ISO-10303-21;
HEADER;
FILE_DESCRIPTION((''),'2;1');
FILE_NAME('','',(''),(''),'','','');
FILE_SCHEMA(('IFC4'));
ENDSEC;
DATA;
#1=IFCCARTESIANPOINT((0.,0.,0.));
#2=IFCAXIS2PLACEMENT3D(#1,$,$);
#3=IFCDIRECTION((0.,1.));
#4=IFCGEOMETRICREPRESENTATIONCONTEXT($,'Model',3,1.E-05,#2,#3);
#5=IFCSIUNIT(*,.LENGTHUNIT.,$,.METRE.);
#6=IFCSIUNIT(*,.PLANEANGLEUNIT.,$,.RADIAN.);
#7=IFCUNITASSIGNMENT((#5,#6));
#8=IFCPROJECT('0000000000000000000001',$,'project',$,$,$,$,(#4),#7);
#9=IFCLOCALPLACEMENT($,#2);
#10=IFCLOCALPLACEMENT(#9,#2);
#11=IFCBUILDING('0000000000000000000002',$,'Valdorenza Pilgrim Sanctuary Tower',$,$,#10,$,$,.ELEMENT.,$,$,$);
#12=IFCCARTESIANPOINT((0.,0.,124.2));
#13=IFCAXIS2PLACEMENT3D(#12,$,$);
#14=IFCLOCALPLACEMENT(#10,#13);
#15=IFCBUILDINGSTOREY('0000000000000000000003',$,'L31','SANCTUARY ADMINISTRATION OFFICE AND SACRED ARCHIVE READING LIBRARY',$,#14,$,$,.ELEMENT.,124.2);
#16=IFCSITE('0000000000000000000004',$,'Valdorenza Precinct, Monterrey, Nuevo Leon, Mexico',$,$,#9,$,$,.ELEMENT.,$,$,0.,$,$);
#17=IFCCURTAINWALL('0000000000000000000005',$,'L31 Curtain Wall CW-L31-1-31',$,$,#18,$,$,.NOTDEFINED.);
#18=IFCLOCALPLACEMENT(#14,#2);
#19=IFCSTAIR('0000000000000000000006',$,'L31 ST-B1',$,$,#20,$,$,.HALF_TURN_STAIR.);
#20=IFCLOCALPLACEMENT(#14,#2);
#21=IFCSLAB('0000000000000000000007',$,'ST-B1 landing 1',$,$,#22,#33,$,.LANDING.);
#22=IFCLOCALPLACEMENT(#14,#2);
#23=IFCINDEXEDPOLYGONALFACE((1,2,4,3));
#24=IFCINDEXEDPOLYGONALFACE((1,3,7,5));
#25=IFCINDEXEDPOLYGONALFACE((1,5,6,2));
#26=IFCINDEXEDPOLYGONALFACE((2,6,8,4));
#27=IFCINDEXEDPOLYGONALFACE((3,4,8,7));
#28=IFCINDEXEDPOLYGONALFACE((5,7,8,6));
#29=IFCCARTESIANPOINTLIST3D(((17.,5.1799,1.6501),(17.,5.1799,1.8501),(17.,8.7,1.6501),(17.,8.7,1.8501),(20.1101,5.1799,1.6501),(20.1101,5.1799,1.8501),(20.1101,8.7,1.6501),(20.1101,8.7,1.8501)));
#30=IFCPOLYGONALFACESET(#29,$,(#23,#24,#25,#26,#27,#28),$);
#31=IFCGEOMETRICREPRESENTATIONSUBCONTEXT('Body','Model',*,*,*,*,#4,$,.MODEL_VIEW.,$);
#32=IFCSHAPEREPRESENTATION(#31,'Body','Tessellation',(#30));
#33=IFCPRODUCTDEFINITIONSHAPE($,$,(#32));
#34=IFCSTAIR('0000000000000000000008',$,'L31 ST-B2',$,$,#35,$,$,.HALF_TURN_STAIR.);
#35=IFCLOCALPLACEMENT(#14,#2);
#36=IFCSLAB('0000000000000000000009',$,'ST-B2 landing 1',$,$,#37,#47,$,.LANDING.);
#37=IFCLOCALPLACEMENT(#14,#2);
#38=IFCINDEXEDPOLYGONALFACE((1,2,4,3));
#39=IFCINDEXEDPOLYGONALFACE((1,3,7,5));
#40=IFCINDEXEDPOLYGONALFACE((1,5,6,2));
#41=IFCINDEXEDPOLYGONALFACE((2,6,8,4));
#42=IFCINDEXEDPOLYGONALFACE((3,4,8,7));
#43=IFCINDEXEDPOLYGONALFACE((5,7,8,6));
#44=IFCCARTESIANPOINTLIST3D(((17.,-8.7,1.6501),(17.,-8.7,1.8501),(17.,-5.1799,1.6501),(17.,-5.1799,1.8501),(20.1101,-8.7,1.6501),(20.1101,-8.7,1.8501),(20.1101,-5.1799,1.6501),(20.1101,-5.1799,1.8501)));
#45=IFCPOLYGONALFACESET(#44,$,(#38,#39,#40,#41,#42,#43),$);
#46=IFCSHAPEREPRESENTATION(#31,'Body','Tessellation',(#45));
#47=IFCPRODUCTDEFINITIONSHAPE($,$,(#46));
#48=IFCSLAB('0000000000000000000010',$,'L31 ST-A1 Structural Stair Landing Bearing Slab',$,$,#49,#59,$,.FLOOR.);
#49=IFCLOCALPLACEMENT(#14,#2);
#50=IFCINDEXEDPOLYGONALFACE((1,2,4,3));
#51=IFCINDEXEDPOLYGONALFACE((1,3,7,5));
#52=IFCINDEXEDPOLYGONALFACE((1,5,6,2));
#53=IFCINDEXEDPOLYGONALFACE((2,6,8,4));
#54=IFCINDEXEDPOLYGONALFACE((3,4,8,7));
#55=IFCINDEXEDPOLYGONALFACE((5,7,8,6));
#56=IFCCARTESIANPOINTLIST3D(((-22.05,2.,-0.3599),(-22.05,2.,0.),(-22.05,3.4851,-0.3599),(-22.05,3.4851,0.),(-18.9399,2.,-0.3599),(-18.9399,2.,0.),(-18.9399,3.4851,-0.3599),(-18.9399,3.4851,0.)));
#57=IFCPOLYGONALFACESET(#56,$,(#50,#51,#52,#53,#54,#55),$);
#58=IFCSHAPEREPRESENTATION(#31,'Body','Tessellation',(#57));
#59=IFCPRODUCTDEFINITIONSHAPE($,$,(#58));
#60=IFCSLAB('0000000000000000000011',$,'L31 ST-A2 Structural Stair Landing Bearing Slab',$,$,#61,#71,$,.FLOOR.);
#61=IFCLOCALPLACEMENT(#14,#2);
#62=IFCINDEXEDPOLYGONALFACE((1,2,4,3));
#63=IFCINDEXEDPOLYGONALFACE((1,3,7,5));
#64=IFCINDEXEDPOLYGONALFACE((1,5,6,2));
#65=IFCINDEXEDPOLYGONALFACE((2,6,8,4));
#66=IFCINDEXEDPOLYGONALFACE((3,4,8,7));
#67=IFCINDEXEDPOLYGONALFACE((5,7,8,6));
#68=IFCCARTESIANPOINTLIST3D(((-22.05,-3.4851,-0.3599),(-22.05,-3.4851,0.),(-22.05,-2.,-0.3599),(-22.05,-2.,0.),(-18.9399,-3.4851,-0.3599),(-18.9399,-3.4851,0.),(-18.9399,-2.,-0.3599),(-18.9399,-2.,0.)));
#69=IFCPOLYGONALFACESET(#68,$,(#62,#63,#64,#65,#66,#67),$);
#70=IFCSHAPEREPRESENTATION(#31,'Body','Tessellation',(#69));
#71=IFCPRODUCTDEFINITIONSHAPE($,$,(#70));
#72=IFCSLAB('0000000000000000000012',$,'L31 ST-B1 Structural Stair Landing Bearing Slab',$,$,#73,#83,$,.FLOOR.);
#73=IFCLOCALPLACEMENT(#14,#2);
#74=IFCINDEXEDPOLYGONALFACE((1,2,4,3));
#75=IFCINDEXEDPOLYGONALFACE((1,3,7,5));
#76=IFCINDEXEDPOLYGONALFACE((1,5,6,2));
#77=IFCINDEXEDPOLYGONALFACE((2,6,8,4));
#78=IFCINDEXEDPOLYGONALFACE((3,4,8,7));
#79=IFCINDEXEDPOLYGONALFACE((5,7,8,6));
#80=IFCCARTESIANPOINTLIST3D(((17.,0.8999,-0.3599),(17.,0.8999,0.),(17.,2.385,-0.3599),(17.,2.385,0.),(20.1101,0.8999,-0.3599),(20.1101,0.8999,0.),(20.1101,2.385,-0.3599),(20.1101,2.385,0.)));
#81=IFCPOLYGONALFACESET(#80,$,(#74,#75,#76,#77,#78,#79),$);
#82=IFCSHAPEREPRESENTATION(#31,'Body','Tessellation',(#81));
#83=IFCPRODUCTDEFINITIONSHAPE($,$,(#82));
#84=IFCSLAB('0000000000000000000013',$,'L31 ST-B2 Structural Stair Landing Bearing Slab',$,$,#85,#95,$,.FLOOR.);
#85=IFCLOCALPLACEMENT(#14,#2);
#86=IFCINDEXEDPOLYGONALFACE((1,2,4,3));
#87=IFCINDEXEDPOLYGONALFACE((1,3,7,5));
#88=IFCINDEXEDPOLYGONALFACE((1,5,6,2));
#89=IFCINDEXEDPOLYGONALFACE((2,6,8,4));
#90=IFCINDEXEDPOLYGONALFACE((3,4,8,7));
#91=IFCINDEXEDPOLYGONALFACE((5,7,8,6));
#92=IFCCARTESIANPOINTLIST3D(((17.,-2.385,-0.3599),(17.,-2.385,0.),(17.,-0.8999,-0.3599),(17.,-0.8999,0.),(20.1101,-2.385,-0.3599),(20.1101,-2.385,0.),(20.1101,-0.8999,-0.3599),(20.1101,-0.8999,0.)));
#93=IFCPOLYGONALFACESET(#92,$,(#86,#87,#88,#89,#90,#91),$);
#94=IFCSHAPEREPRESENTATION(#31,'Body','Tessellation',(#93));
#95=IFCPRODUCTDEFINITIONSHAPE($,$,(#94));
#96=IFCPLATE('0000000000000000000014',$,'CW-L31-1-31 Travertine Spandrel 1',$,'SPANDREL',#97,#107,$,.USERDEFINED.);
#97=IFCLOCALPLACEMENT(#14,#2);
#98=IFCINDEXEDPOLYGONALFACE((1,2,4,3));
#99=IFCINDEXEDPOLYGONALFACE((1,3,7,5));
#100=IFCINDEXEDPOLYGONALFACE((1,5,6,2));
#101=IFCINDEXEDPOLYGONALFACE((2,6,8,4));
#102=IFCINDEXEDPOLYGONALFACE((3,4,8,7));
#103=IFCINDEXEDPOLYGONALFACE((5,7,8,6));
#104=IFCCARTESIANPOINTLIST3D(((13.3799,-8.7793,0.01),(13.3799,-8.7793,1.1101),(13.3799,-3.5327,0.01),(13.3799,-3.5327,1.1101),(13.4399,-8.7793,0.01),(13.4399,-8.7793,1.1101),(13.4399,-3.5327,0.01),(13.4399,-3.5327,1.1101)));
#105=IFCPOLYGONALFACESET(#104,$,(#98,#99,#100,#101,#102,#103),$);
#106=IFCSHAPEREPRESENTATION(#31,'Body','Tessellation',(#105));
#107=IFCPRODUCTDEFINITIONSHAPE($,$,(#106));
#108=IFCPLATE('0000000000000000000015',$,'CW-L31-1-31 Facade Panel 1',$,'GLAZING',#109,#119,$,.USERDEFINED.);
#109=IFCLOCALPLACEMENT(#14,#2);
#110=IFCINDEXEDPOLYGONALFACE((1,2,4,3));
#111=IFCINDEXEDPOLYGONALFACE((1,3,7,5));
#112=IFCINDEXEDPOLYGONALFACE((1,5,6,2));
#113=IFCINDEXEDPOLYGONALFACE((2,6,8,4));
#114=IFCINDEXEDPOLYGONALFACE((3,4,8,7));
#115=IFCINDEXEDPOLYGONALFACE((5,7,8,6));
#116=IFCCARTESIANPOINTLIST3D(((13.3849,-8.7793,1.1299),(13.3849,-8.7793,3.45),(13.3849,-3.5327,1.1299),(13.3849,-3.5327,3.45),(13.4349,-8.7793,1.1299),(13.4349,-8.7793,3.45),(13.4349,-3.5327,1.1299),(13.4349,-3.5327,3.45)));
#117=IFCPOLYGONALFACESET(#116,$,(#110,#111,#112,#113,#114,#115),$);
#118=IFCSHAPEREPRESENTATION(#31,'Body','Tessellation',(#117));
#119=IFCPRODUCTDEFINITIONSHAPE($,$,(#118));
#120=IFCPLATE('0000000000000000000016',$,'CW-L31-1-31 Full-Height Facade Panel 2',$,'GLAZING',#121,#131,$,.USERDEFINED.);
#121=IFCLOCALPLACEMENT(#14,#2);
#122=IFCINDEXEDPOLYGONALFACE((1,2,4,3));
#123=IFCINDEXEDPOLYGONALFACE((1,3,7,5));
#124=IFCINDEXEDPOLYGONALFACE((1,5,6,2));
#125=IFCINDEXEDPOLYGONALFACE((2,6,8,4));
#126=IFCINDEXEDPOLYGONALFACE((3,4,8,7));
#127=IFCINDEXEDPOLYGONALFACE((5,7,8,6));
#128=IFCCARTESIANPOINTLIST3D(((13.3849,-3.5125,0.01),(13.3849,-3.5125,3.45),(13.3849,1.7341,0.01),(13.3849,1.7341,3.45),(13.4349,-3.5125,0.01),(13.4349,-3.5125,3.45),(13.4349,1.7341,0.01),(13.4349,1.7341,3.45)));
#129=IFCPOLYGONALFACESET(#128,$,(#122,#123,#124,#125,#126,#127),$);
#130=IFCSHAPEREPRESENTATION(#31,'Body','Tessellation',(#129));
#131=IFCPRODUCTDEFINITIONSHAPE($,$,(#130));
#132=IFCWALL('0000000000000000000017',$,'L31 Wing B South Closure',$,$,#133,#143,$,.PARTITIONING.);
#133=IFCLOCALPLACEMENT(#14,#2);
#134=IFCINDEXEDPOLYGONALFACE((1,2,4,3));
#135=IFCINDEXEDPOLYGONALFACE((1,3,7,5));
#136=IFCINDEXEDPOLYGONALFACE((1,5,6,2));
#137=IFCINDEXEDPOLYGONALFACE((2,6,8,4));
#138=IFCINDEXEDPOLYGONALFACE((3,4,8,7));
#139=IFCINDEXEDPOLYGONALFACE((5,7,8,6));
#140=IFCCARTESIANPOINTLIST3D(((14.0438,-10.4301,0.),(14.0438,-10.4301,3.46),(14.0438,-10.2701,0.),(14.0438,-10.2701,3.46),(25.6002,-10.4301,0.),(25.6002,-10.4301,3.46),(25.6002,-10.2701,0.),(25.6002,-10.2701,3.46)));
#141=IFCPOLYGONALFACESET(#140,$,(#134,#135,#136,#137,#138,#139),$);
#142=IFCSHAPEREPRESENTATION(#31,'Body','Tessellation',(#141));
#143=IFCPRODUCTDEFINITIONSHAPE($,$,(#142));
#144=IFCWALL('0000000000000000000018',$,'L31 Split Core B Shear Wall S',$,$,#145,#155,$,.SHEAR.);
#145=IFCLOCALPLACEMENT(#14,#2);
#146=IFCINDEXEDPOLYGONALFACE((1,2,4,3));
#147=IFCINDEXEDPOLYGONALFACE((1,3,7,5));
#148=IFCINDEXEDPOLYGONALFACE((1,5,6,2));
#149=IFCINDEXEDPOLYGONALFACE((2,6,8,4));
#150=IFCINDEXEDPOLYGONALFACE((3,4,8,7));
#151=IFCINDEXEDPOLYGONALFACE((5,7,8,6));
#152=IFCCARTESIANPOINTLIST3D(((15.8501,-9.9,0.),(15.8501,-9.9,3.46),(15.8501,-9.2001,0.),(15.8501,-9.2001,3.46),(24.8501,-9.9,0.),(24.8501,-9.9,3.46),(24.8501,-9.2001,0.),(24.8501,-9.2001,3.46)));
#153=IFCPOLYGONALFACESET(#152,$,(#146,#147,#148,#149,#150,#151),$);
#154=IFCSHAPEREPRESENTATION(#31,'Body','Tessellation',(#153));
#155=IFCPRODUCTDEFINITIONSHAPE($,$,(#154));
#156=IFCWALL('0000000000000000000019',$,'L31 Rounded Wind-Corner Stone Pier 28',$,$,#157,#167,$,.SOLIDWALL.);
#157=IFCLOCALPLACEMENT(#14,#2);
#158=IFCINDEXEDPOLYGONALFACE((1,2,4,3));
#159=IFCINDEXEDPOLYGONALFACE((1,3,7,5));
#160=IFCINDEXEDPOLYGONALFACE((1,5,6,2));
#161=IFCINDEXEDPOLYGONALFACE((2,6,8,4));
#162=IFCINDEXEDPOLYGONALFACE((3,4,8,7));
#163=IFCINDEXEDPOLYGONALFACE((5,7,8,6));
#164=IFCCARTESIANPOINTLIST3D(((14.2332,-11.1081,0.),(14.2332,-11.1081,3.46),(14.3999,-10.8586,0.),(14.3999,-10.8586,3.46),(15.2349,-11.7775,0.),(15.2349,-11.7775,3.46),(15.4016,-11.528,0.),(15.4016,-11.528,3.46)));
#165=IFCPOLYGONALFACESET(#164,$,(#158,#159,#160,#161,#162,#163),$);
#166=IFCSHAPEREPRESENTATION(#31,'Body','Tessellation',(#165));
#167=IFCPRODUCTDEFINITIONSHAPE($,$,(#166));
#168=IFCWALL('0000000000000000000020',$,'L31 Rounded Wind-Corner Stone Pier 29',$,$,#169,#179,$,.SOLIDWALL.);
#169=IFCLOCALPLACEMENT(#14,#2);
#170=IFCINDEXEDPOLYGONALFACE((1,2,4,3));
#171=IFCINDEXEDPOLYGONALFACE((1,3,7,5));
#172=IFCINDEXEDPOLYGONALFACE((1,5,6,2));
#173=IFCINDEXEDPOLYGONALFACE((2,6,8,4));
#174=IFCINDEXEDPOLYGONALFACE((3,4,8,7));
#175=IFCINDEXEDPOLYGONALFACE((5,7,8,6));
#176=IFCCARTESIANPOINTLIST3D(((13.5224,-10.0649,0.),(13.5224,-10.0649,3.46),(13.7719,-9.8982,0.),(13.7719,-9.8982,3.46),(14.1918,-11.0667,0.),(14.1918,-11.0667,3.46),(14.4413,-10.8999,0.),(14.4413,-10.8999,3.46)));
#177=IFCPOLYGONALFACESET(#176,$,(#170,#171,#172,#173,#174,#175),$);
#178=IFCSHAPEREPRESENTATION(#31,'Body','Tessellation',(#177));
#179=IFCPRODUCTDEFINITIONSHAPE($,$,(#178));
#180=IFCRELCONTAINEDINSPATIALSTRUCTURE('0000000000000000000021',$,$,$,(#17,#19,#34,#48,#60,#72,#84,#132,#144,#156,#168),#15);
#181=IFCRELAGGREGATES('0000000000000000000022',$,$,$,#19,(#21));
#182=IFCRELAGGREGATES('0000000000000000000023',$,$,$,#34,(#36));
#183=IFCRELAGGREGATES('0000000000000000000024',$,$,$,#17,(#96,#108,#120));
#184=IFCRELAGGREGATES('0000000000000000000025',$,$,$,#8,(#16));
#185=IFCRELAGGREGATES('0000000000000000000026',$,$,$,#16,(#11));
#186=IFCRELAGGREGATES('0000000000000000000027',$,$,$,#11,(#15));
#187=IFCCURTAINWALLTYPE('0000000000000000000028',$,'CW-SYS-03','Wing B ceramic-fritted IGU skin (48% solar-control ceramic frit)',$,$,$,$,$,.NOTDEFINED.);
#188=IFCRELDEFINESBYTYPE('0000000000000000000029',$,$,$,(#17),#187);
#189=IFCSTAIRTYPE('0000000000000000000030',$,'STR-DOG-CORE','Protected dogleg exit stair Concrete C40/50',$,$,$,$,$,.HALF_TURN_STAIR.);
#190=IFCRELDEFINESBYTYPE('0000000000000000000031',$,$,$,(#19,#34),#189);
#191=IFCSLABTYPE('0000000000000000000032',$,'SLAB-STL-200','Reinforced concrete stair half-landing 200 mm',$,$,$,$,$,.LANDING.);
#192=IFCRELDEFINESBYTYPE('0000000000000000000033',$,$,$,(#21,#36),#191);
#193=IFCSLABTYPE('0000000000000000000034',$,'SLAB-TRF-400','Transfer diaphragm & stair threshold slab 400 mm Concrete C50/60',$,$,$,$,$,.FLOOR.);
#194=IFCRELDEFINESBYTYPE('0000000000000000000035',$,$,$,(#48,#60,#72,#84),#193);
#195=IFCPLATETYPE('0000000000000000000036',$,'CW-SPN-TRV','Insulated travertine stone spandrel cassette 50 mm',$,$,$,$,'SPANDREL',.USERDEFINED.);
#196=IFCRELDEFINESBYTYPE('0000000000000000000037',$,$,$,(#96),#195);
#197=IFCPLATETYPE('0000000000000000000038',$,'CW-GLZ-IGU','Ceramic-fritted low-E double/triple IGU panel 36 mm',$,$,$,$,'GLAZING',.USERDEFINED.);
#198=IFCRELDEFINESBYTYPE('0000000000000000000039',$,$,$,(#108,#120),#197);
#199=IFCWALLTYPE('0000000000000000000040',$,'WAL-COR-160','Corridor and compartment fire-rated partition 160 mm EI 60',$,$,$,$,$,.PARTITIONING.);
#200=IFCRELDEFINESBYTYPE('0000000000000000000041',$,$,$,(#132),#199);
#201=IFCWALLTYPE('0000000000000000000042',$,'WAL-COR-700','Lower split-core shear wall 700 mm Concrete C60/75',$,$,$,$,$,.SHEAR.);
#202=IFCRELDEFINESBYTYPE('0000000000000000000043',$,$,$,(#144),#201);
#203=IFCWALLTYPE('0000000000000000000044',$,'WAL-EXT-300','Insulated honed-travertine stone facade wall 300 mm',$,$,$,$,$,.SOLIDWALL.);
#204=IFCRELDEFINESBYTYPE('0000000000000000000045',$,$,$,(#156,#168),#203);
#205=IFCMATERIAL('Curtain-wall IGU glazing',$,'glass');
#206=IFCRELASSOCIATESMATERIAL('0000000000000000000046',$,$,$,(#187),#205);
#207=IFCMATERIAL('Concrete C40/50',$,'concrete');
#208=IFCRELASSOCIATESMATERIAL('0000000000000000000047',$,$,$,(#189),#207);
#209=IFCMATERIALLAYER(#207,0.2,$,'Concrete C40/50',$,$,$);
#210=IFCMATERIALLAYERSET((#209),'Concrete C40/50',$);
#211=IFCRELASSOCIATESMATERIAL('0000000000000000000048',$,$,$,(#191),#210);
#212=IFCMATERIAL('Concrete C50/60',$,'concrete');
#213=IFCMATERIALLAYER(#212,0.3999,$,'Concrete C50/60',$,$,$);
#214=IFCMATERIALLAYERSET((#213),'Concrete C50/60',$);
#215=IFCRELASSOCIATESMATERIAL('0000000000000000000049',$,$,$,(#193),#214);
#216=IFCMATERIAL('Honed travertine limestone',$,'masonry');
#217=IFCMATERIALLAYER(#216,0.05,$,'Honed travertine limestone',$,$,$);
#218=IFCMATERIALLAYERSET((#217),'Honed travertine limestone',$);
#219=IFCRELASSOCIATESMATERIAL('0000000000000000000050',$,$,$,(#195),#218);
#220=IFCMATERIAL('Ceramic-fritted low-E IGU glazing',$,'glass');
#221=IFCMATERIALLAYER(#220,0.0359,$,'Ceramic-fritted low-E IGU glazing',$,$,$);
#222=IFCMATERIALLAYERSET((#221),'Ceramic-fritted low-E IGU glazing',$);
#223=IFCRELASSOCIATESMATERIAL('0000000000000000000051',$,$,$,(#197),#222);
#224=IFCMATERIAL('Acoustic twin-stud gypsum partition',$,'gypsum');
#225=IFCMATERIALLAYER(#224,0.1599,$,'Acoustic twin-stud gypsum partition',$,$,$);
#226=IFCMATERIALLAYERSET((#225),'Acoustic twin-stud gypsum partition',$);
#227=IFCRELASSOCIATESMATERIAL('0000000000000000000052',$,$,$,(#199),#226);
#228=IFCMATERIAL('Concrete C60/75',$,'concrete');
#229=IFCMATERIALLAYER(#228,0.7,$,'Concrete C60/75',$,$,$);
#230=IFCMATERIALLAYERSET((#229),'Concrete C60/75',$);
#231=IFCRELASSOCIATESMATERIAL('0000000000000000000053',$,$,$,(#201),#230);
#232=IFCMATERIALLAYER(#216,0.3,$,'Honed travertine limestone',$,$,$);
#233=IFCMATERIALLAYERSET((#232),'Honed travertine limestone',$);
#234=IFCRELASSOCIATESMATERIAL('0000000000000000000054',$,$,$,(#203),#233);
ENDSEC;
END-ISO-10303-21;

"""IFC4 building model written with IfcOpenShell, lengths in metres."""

from ifc_helpers import new_model, si_unit, direction, frame, frame_2d, origin, origin_2d, place, context, subcontext, project, spatial, polyline, rectangle, outline, extrude, source, transform, mapped, material, layer, layer_set, type_object, element, aggregate, save


model = new_model("IFC4")

# Units and contexts
model_context = context("Model", 3, precision=1e-05, world=origin(), true_north=direction((0.0, 1.0)))
body_context = subcontext(model_context, "Body", "Model", "MODEL_VIEW")
ifc_project = project(units=[si_unit("LENGTHUNIT", "METRE"), si_unit("PLANEANGLEUNIT", "RADIAN")], contexts=[model_context])

# Site, building, storey
site_placement = place(None, origin())
site = spatial("IfcSite", under=ifc_project, at=site_placement, Name="Valdorenza Precinct, Monterrey, Nuevo Leon, Mexico", CompositionType="ELEMENT", RefElevation=0.0)
building_placement = place(site_placement, origin())
building = spatial("IfcBuilding", under=site, at=building_placement, Name="Valdorenza Pilgrim Sanctuary Tower", CompositionType="ELEMENT")
storey_placement = place(building_placement, frame((0.0, 0.0, 124.2)))
storey = spatial("IfcBuildingStorey", under=building, at=storey_placement, Name="L31", Description="SANCTUARY ADMINISTRATION OFFICE AND SACRED ARCHIVE READING LIBRARY", CompositionType="ELEMENT", Elevation=124.2)

# Shared definitions
ifc_material_1 = material(Name="Concrete C60/75", Category="concrete")

# Curtain wall
ifc_material_2 = material(Name="Curtain-wall IGU glazing", Category="glass")
curtain_wall_type = type_object("IfcCurtainWallType", Name="CW-SYS-03", Description="Wing B ceramic-fritted IGU skin (48% solar-control ceramic frit)", PredefinedType="NOTDEFINED", material=ifc_material_2)
curtain_wall_placement = place(storey_placement, origin())
curtain_wall = element("IfcCurtainWall", 1, at=curtain_wall_placement, inside=storey, type_object=curtain_wall_type, Name="L31 Curtain Wall CW-L31-1-31", PredefinedType="NOTDEFINED")

# Shared definitions
ifc_material_3 = material(Name="Concrete C40/50", Category="concrete")

# Stairs, slabs
stair_type = type_object("IfcStairType", Name="STR-DOG-CORE", Description="Protected dogleg exit stair Concrete C40/50", PredefinedType="HALF_TURN_STAIR", material=ifc_material_3)
ifc_layer_1 = layer(ifc_material_3, 0.2, Name="Concrete C40/50")
ifc_layer_set_1 = layer_set([ifc_layer_1], Name="Concrete C40/50")
slab_type_1 = type_object("IfcSlabType", Name="SLAB-STL-200", Description="Reinforced concrete stair half-landing 200 mm", PredefinedType="LANDING", material=ifc_layer_set_1)
stair_1_placement = place(storey_placement, origin())
stair_1 = element("IfcStair", 2, at=stair_1_placement, inside=storey, type_object=stair_type, Name="L31 ST-B1", PredefinedType="HALF_TURN_STAIR")
slab_1_placement = place(storey_placement, frame((0.0, 0.0, 1.6501)))
slab_1 = element("IfcSlab", 3, at=slab_1_placement, type_object=slab_type_1, Name="ST-B1 landing 1", PredefinedType="LANDING", context=body_context, shape_type="SweptSolid", body=[
    extrude(outline(polyline([(20.1101, 5.1799), (20.1101, 8.7), (17.0, 8.7), (17.0, 5.1799), (20.1101, 5.1799)])), origin(), (0.0, 0.0, 1.0), 0.2),
])
aggregate(stair_1, [slab_1])
stair_2_placement = place(storey_placement, origin())
stair_2 = element("IfcStair", 4, at=stair_2_placement, inside=storey, type_object=stair_type, Name="L31 ST-B2", PredefinedType="HALF_TURN_STAIR")
slab_2_placement = place(storey_placement, frame((0.0, 0.0, 1.6501)))
slab_2 = element("IfcSlab", 5, at=slab_2_placement, type_object=slab_type_1, Name="ST-B2 landing 1", PredefinedType="LANDING", context=body_context, shape_type="SweptSolid", body=[
    extrude(outline(polyline([(17.0, -5.1799), (17.0, -8.7), (20.1101, -8.7), (20.1101, -5.1799), (17.0, -5.1799)])), origin(), (0.0, 0.0, 1.0), 0.2),
])
aggregate(stair_2, [slab_2])

# Slabs
ifc_material_4 = material(Name="Concrete C50/60", Category="concrete")
ifc_layer_2 = layer(ifc_material_4, 0.3999, Name="Concrete C50/60")
ifc_layer_set_2 = layer_set([ifc_layer_2], Name="Concrete C50/60")
slab_type_2 = type_object("IfcSlabType", Name="SLAB-TRF-400", Description="Transfer diaphragm & stair threshold slab 400 mm Concrete C50/60", PredefinedType="FLOOR", material=ifc_layer_set_2)
slab_3_placement = place(storey_placement, frame((0.0, 0.0, -0.3599)))
element("IfcSlab", 6, at=slab_3_placement, inside=storey, type_object=slab_type_2, Name="L31 ST-A1 Structural Stair Landing Bearing Slab", PredefinedType="FLOOR", context=body_context, shape_type="SweptSolid", body=[
    extrude(outline(polyline([(-22.05, 2.0), (-18.9399, 2.0), (-18.9399, 3.4851), (-22.05, 3.4851), (-22.05, 2.0)])), origin(), (0.0, 0.0, 1.0), 0.3599),
])
slab_4_placement = place(storey_placement, frame((0.0, 0.0, -0.3599)))
element("IfcSlab", 7, at=slab_4_placement, inside=storey, type_object=slab_type_2, Name="L31 ST-A2 Structural Stair Landing Bearing Slab", PredefinedType="FLOOR", context=body_context, shape_type="SweptSolid", body=[
    extrude(outline(polyline([(-22.05, -3.4851), (-18.9399, -3.4851), (-18.9399, -2.0), (-22.05, -2.0), (-22.05, -3.4851)])), origin(), (0.0, 0.0, 1.0), 0.3599),
])
slab_5_placement = place(storey_placement, frame((0.0, 0.0, -0.3599)))
element("IfcSlab", 8, at=slab_5_placement, inside=storey, type_object=slab_type_2, Name="L31 ST-B1 Structural Stair Landing Bearing Slab", PredefinedType="FLOOR", context=body_context, shape_type="SweptSolid", body=[
    extrude(outline(polyline([(17.0, 0.8999), (20.1101, 0.8999), (20.1101, 2.385), (17.0, 2.385), (17.0, 0.8999)])), origin(), (0.0, 0.0, 1.0), 0.3599),
])
slab_6_placement = place(storey_placement, frame((0.0, 0.0, -0.3599)))
element("IfcSlab", 9, at=slab_6_placement, inside=storey, type_object=slab_type_2, Name="L31 ST-B2 Structural Stair Landing Bearing Slab", PredefinedType="FLOOR", context=body_context, shape_type="SweptSolid", body=[
    extrude(outline(polyline([(17.0, -2.385), (20.1101, -2.385), (20.1101, -0.8999), (17.0, -0.8999), (17.0, -2.385)])), origin(), (0.0, 0.0, 1.0), 0.3599),
])

# Plates
ifc_material_5 = material(Name="Honed travertine limestone", Category="masonry")
ifc_layer_3 = layer(ifc_material_5, 0.05, Name="Honed travertine limestone")
ifc_layer_set_3 = layer_set([ifc_layer_3], Name="Honed travertine limestone")
plate_type_1 = type_object("IfcPlateType", Name="CW-SPN-TRV", Description="Insulated travertine stone spandrel cassette 50 mm", ElementType="SPANDREL", PredefinedType="USERDEFINED", material=ifc_layer_set_3)
shared_shape_1 = source(origin(), body_context, "Body", "SweptSolid", [
    extrude(rectangle(XDim=5.2466, YDim=0.0601, at=origin_2d()), origin(), (0.0, 0.0, 1.0), 1.1001),
])
plate_1_placement = place(storey_placement, frame((13.4099, -6.156, 0.01), z_axis=(0.0, 0.0, 1.0), x_axis=(0.0, 1.0, 0.0)))
plate_1 = element("IfcPlate", 10, at=plate_1_placement, type_object=plate_type_1, Name="CW-L31-1-31 Travertine Spandrel 1", ObjectType="SPANDREL", PredefinedType="USERDEFINED", context=body_context, shape_type="MappedRepresentation", body=[
    mapped(shared_shape_1, transform((0.0, 0.0, 0.0), x_axis=(1.0, 0.0, 0.0), y_axis=(0.0, 1.0, 0.0), z_axis=(0.0, 0.0, 1.0), scale=1.0)),
])
ifc_material_6 = material(Name="Ceramic-fritted low-E IGU glazing", Category="glass")
ifc_layer_4 = layer(ifc_material_6, 0.0359, Name="Ceramic-fritted low-E IGU glazing")
ifc_layer_set_4 = layer_set([ifc_layer_4], Name="Ceramic-fritted low-E IGU glazing")
plate_type_2 = type_object("IfcPlateType", Name="CW-GLZ-IGU", Description="Ceramic-fritted low-E double/triple IGU panel 36 mm", ElementType="GLAZING", PredefinedType="USERDEFINED", material=ifc_layer_set_4)
shared_shape_2 = source(origin(), body_context, "Body", "SweptSolid", [
    extrude(rectangle(XDim=5.2466, YDim=0.05, at=origin_2d()), origin(), (0.0, 0.0, 1.0), 2.3201),
])
plate_2_placement = place(storey_placement, frame((13.4099, -6.156, 1.1299), z_axis=(0.0, 0.0, 1.0), x_axis=(0.0, 1.0, 0.0)))
plate_2 = element("IfcPlate", 11, at=plate_2_placement, type_object=plate_type_2, Name="CW-L31-1-31 Facade Panel 1", ObjectType="GLAZING", PredefinedType="USERDEFINED", context=body_context, shape_type="MappedRepresentation", body=[
    mapped(shared_shape_2, transform((0.0, 0.0, 0.0), x_axis=(1.0, 0.0, 0.0), y_axis=(0.0, 1.0, 0.0), z_axis=(0.0, 0.0, 1.0), scale=1.0)),
])
shared_shape_3 = source(origin(), body_context, "Body", "SweptSolid", [
    extrude(rectangle(XDim=5.2466, YDim=0.05, at=origin_2d()), origin(), (0.0, 0.0, 1.0), 3.4399),
])
plate_3_placement = place(storey_placement, frame((13.4099, -0.8892, 0.01), z_axis=(0.0, 0.0, 1.0), x_axis=(0.0, 1.0, 0.0)))
plate_3 = element("IfcPlate", 12, at=plate_3_placement, type_object=plate_type_2, Name="CW-L31-1-31 Full-Height Facade Panel 2", ObjectType="GLAZING", PredefinedType="USERDEFINED", context=body_context, shape_type="MappedRepresentation", body=[
    mapped(shared_shape_3, transform((0.0, 0.0, 0.0), x_axis=(1.0, 0.0, 0.0), y_axis=(0.0, 1.0, 0.0), z_axis=(0.0, 0.0, 1.0), scale=1.0)),
])
aggregate(curtain_wall, [plate_1, plate_2, plate_3])

# Walls
ifc_material_7 = material(Name="Acoustic twin-stud gypsum partition", Category="gypsum")
ifc_layer_5 = layer(ifc_material_7, 0.1599, Name="Acoustic twin-stud gypsum partition")
ifc_layer_set_5 = layer_set([ifc_layer_5], Name="Acoustic twin-stud gypsum partition")
wall_type_1 = type_object("IfcWallType", Name="WAL-COR-160", Description="Corridor and compartment fire-rated partition 160 mm EI 60", PredefinedType="PARTITIONING", material=ifc_layer_set_5)
wall_1_placement = place(storey_placement, frame((14.0437, -10.3501, 0.0), z_axis=(0.0, 0.0, 1.0), x_axis=(1.0, 0.0, 0.0)))
element("IfcWall", 13, at=wall_1_placement, inside=storey, type_object=wall_type_1, Name="L31 Wing B South Closure", PredefinedType="PARTITIONING", context=body_context, shape_type="SweptSolid", body=[
    extrude(rectangle(XDim=11.5564, YDim=0.1599, at=frame_2d((5.7783, 0.0))), origin(), (0.0, 0.0, 1.0), 3.46),
])
ifc_layer_6 = layer(ifc_material_1, 0.7, Name="Concrete C60/75")
ifc_layer_set_6 = layer_set([ifc_layer_6], Name="Concrete C60/75")
wall_type_2 = type_object("IfcWallType", Name="WAL-COR-700", Description="Lower split-core shear wall 700 mm Concrete C60/75", PredefinedType="SHEAR", material=ifc_layer_set_6)
wall_2_placement = place(storey_placement, frame((15.8501, -9.55, 0.0), z_axis=(0.0, 0.0, 1.0), x_axis=(1.0, 0.0, 0.0)))
element("IfcWall", 14, at=wall_2_placement, inside=storey, type_object=wall_type_2, Name="L31 Split Core B Shear Wall S", PredefinedType="SHEAR", context=body_context, shape_type="SweptSolid", body=[
    extrude(rectangle(XDim=9.0, YDim=0.7, at=frame_2d((4.5, 0.0))), origin(), (0.0, 0.0, 1.0), 3.46),
])
ifc_layer_7 = layer(ifc_material_5, 0.3, Name="Honed travertine limestone")
ifc_layer_set_7 = layer_set([ifc_layer_7], Name="Honed travertine limestone")
wall_type_3 = type_object("IfcWallType", Name="WAL-EXT-300", Description="Insulated honed-travertine stone facade wall 300 mm", PredefinedType="SOLIDWALL", material=ifc_layer_set_7)
for number, where, z_axis, x_axis, name in (
    (15, (15.3184, -11.6528, 0.0), (0.0, 0.0, 1.0), (-0.831426, 0.555635, 0.0), "L31 Rounded Wind-Corner Stone Pier 28"),
    (16, (14.3167, -10.9834, 0.0), (0.0, 0.0, 1.0), (-0.555635, 0.831426, 0.0), "L31 Rounded Wind-Corner Stone Pier 29"),
):
    element("IfcWall", number, at=place(storey_placement, frame(where, z_axis=z_axis, x_axis=x_axis)), inside=storey, type_object=wall_type_3, Name=name, PredefinedType="SOLIDWALL", context=body_context, shape_type="SweptSolid", body=[
        extrude(rectangle(XDim=1.2048, YDim=0.3, at=frame_2d((0.6025, 0.0))), origin(), (0.0, 0.0, 1.0), 3.46),
    ])

save(model, "model.ifc")
